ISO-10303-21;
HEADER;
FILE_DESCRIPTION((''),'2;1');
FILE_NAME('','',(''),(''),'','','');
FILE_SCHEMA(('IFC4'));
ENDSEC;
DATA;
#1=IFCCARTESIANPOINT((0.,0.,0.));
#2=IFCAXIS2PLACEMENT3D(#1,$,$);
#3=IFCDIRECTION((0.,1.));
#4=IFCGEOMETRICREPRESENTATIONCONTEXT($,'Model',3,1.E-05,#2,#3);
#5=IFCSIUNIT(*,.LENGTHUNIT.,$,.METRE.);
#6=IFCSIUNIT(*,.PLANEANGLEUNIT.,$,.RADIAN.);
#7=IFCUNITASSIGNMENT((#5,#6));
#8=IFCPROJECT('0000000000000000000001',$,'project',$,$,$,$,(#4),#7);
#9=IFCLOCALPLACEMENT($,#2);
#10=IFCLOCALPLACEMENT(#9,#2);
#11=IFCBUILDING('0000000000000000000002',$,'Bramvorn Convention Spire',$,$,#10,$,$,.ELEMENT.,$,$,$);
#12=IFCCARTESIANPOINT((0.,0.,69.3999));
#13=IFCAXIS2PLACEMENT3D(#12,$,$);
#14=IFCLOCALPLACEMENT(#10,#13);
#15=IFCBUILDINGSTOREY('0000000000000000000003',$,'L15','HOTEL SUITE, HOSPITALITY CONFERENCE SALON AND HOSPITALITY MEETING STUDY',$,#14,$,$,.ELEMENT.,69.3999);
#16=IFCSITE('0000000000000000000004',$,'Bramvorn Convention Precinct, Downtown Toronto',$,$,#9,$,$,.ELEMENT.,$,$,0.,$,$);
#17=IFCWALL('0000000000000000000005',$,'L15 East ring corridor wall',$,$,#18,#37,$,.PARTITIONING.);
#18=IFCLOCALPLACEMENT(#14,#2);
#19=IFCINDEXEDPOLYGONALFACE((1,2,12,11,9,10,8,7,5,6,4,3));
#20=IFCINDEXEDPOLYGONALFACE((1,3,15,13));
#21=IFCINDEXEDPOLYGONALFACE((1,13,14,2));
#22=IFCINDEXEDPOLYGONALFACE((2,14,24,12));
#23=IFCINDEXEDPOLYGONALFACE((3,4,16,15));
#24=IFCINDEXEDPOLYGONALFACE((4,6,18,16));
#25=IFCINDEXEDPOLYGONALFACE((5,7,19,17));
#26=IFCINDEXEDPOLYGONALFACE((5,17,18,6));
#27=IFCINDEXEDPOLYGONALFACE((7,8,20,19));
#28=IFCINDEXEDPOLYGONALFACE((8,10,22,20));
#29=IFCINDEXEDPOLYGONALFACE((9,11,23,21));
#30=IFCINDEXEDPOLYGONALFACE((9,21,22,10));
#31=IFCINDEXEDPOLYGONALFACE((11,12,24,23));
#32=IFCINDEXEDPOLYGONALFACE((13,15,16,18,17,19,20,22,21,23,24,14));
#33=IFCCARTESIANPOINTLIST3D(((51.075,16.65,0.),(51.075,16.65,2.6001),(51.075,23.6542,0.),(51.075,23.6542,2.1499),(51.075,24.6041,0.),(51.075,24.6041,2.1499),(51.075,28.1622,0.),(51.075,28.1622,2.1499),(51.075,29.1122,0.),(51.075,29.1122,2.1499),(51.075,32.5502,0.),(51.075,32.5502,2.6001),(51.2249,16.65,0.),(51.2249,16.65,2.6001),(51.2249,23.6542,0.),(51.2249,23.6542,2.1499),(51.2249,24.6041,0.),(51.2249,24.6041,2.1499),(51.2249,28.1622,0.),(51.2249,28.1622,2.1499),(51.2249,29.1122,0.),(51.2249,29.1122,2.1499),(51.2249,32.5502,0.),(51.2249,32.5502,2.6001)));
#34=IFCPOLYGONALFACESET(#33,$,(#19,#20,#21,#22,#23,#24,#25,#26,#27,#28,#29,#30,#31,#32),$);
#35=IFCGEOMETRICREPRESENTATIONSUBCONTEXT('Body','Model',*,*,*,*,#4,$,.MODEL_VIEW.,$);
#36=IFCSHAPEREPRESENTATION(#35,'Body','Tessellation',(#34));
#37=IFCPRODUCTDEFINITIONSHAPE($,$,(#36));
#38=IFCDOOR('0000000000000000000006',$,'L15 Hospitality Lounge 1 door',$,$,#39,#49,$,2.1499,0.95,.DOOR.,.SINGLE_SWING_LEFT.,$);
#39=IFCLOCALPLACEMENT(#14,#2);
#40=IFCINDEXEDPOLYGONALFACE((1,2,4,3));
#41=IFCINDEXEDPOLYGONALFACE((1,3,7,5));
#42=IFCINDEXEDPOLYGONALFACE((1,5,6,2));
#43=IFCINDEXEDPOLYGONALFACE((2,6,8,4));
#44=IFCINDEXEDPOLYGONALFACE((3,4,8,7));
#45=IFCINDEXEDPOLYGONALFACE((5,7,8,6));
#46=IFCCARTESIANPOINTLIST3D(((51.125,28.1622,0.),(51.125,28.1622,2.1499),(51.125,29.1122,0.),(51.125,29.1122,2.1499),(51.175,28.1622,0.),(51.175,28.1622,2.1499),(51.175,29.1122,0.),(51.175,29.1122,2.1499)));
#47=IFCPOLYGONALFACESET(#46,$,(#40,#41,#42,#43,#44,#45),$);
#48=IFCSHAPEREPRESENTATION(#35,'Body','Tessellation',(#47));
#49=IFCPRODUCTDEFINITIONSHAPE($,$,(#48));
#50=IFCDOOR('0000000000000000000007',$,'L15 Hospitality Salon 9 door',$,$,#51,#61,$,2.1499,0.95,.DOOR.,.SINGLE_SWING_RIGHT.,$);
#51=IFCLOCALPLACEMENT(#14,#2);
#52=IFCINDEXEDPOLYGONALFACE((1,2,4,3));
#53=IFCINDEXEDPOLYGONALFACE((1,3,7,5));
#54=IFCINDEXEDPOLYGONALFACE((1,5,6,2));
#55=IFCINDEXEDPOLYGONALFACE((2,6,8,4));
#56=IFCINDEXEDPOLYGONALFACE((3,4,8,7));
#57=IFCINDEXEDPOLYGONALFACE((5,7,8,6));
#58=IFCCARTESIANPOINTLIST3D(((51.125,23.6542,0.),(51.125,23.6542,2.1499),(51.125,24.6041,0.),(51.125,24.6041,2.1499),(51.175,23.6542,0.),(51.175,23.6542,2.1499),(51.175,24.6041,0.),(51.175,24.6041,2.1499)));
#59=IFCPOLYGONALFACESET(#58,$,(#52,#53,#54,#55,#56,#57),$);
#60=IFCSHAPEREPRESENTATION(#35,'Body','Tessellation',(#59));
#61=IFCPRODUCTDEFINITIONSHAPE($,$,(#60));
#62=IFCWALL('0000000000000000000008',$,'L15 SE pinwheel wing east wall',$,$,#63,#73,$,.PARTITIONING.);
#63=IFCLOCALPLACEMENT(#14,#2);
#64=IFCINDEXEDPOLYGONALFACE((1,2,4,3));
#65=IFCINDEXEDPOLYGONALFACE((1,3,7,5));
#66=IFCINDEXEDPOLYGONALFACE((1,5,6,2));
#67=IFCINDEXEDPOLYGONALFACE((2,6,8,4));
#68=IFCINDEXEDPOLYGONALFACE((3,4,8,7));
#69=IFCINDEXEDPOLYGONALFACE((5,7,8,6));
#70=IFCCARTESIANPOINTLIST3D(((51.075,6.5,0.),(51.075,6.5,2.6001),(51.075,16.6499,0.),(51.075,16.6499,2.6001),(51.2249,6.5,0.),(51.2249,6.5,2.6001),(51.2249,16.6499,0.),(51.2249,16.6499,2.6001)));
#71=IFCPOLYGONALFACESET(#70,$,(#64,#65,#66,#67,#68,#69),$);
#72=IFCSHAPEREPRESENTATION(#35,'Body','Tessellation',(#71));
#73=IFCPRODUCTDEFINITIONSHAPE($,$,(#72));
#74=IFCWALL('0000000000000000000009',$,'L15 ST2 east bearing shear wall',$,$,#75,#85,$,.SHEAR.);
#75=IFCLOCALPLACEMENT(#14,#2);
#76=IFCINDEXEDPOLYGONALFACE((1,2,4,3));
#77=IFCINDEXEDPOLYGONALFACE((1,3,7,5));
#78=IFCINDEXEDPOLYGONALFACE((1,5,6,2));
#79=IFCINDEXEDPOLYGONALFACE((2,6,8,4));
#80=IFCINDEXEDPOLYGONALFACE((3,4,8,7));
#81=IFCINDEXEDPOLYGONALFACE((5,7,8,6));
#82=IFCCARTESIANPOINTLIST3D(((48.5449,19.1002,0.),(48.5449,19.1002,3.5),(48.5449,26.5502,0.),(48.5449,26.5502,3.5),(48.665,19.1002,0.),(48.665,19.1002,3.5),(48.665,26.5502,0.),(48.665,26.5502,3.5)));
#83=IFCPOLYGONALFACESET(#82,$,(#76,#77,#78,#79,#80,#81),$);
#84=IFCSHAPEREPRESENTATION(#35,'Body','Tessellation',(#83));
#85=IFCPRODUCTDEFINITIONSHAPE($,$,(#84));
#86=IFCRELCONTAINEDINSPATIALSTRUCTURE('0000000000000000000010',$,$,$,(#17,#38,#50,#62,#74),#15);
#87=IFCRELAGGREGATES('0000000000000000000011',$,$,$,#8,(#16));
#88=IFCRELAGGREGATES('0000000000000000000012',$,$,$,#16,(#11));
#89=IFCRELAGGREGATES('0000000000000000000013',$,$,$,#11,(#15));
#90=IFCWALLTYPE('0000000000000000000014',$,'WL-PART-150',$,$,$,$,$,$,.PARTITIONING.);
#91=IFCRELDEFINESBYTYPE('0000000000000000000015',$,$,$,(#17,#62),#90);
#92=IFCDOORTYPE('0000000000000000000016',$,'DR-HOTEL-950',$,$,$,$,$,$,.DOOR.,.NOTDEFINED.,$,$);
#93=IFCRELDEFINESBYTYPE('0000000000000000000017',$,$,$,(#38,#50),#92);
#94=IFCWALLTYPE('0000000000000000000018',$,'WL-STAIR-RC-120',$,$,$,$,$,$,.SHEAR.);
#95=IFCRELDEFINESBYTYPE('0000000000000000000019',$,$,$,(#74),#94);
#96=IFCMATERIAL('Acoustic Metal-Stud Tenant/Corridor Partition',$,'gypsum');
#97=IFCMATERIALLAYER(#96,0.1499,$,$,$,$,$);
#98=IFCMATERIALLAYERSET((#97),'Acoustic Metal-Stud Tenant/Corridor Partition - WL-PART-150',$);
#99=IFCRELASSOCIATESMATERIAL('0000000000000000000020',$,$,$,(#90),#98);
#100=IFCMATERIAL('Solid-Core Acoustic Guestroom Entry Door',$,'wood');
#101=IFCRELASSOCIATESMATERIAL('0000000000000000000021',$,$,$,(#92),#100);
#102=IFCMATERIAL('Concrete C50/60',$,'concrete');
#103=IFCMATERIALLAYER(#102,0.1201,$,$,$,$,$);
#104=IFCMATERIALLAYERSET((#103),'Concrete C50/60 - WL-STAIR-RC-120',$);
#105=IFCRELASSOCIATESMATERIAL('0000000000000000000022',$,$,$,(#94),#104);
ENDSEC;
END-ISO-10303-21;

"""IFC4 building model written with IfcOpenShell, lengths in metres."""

from ifc_helpers import new_model, si_unit, direction, frame, frame_2d, origin, place, context, subcontext, project, spatial, rectangle, extrude, material, layer, layer_set, type_object, element, fill, save


model = new_model("IFC4")

# Units and contexts
model_context = context("Model", 3, precision=1e-05, world=origin(), true_north=direction((0.0, 1.0)))
body_context = subcontext(model_context, "Body", "Model", "MODEL_VIEW")
ifc_project = project(units=[si_unit("LENGTHUNIT", "METRE"), si_unit("PLANEANGLEUNIT", "RADIAN")], contexts=[model_context])

# Site, building, storey
site_placement = place(None, origin())
site = spatial("IfcSite", under=ifc_project, at=site_placement, Name="Bramvorn Convention Precinct, Downtown Toronto", CompositionType="ELEMENT", RefElevation=0.0)
building_placement = place(site_placement, origin())
building = spatial("IfcBuilding", under=site, at=building_placement, Name="Bramvorn Convention Spire", CompositionType="ELEMENT")
storey_placement = place(building_placement, frame((0.0, 0.0, 69.3999)))
storey = spatial("IfcBuildingStorey", under=building, at=storey_placement, Name="L15", Description="HOTEL SUITE, HOSPITALITY CONFERENCE SALON AND HOSPITALITY MEETING STUDY", CompositionType="ELEMENT", Elevation=69.3999)

# Wall, openings, doors
ifc_material_1 = material(Name="Acoustic Metal-Stud Tenant/Corridor Partition", Category="gypsum")
ifc_layer_1 = layer(ifc_material_1, 0.1499)
ifc_layer_set_1 = layer_set([ifc_layer_1], Name="Acoustic Metal-Stud Tenant/Corridor Partition - WL-PART-150")
wall_type_1 = type_object("IfcWallType", Name="WL-PART-150", PredefinedType="PARTITIONING", material=ifc_layer_set_1)
wall_1_placement = place(storey_placement, frame((51.1499, 16.6499, 0.0), z_axis=(0.0, 0.0, 1.0), x_axis=(0.0, 1.0, 0.0)))
wall_1 = element("IfcWall", 1, at=wall_1_placement, inside=storey, type_object=wall_type_1, Name="L15 East ring corridor wall", PredefinedType="PARTITIONING", context=body_context, shape_type="SweptSolid", body=[
    extrude(rectangle(XDim=15.9001, YDim=0.1499, at=frame_2d((7.9502, 0.0))), origin(), (0.0, 0.0, 1.0), 2.6001),
])
opening_1_placement = place(wall_1_placement, frame((11.5122, 0.0, 0.0)))
opening_1 = element("IfcOpeningElement", 2, at=opening_1_placement, cuts=wall_1, PredefinedType="OPENING", context=body_context, shape_type="SweptSolid", body=[
    extrude(rectangle(XDim=0.95, YDim=2.1499, at=frame_2d((0.4751, 1.075))), frame((0.0, 0.085, 0.0), z_axis=(0.0, -1.0, 0.0), x_axis=(1.0, 0.0, 0.0)), (0.0, 0.0, 1.0), 0.1699),
])
opening_2_placement = place(wall_1_placement, frame((7.0042, 0.0, 0.0)))
opening_2 = element("IfcOpeningElement", 3, at=opening_2_placement, cuts=wall_1, PredefinedType="OPENING", context=body_context, shape_type="SweptSolid", body=[
    extrude(rectangle(XDim=0.95, YDim=2.1499, at=frame_2d((0.4751, 1.075))), frame((0.0, 0.085, 0.0), z_axis=(0.0, -1.0, 0.0), x_axis=(1.0, 0.0, 0.0)), (0.0, 0.0, 1.0), 0.1699),
])
ifc_material_2 = material(Name="Solid-Core Acoustic Guestroom Entry Door", Category="wood")
door_type_1 = type_object("IfcDoorType", Name="DR-HOTEL-950", OperationType="NOTDEFINED", PredefinedType="DOOR", material=ifc_material_2)
door_1_placement = place(opening_1_placement, origin())
door_1 = element("IfcDoor", 4, at=door_1_placement, inside=storey, type_object=door_type_1, Name="L15 Hospitality Lounge 1 door", OperationType="SINGLE_SWING_LEFT", OverallHeight=2.1499, OverallWidth=0.95, PredefinedType="DOOR", context=body_context, shape_type="SweptSolid", body=[
    extrude(rectangle(XDim=0.95, YDim=2.1499, at=frame_2d((0.4751, 1.075))), frame((0.0, 0.0249, 0.0), z_axis=(0.0, -1.0, 0.0), x_axis=(1.0, 0.0, 0.0)), (0.0, 0.0, 1.0), 0.05),
])
fill(opening_1, door_1)
door_2_placement = place(opening_2_placement, origin())
door_2 = element("IfcDoor", 5, at=door_2_placement, inside=storey, type_object=door_type_1, Name="L15 Hospitality Salon 9 door", OperationType="SINGLE_SWING_RIGHT", OverallHeight=2.1499, OverallWidth=0.95, PredefinedType="DOOR", context=body_context, shape_type="SweptSolid", body=[
    extrude(rectangle(XDim=0.95, YDim=2.1499, at=frame_2d((0.4751, 1.075))), frame((0.0, 0.0249, 0.0), z_axis=(0.0, -1.0, 0.0), x_axis=(1.0, 0.0, 0.0)), (0.0, 0.0, 1.0), 0.05),
])
fill(opening_2, door_2)

# Walls
wall_2_placement = place(storey_placement, frame((51.1499, 6.5, 0.0), z_axis=(0.0, 0.0, 1.0), x_axis=(0.0, 1.0, 0.0)))
element("IfcWall", 6, at=wall_2_placement, inside=storey, type_object=wall_type_1, Name="L15 SE pinwheel wing east wall", PredefinedType="PARTITIONING", context=body_context, shape_type="SweptSolid", body=[
    extrude(rectangle(XDim=10.1499, YDim=0.1499, at=frame_2d((5.075, 0.0))), origin(), (0.0, 0.0, 1.0), 2.6001),
])
ifc_material_3 = material(Name="Concrete C50/60", Category="concrete")
ifc_layer_2 = layer(ifc_material_3, 0.1201)
ifc_layer_set_2 = layer_set([ifc_layer_2], Name="Concrete C50/60 - WL-STAIR-RC-120")
wall_type_2 = type_object("IfcWallType", Name="WL-STAIR-RC-120", PredefinedType="SHEAR", material=ifc_layer_set_2)
wall_3_placement = place(storey_placement, frame((48.605, 19.1001, 0.0), z_axis=(0.0, 0.0, 1.0), x_axis=(0.0, 1.0, 0.0)))
element("IfcWall", 7, at=wall_3_placement, inside=storey, type_object=wall_type_2, Name="L15 ST2 east bearing shear wall", PredefinedType="SHEAR", context=body_context, shape_type="SweptSolid", body=[
    extrude(rectangle(XDim=7.45, YDim=0.1201, at=frame_2d((3.7251, 0.0))), origin(), (0.0, 0.0, 1.0), 3.5),
])

save(model, "model.ifc")
